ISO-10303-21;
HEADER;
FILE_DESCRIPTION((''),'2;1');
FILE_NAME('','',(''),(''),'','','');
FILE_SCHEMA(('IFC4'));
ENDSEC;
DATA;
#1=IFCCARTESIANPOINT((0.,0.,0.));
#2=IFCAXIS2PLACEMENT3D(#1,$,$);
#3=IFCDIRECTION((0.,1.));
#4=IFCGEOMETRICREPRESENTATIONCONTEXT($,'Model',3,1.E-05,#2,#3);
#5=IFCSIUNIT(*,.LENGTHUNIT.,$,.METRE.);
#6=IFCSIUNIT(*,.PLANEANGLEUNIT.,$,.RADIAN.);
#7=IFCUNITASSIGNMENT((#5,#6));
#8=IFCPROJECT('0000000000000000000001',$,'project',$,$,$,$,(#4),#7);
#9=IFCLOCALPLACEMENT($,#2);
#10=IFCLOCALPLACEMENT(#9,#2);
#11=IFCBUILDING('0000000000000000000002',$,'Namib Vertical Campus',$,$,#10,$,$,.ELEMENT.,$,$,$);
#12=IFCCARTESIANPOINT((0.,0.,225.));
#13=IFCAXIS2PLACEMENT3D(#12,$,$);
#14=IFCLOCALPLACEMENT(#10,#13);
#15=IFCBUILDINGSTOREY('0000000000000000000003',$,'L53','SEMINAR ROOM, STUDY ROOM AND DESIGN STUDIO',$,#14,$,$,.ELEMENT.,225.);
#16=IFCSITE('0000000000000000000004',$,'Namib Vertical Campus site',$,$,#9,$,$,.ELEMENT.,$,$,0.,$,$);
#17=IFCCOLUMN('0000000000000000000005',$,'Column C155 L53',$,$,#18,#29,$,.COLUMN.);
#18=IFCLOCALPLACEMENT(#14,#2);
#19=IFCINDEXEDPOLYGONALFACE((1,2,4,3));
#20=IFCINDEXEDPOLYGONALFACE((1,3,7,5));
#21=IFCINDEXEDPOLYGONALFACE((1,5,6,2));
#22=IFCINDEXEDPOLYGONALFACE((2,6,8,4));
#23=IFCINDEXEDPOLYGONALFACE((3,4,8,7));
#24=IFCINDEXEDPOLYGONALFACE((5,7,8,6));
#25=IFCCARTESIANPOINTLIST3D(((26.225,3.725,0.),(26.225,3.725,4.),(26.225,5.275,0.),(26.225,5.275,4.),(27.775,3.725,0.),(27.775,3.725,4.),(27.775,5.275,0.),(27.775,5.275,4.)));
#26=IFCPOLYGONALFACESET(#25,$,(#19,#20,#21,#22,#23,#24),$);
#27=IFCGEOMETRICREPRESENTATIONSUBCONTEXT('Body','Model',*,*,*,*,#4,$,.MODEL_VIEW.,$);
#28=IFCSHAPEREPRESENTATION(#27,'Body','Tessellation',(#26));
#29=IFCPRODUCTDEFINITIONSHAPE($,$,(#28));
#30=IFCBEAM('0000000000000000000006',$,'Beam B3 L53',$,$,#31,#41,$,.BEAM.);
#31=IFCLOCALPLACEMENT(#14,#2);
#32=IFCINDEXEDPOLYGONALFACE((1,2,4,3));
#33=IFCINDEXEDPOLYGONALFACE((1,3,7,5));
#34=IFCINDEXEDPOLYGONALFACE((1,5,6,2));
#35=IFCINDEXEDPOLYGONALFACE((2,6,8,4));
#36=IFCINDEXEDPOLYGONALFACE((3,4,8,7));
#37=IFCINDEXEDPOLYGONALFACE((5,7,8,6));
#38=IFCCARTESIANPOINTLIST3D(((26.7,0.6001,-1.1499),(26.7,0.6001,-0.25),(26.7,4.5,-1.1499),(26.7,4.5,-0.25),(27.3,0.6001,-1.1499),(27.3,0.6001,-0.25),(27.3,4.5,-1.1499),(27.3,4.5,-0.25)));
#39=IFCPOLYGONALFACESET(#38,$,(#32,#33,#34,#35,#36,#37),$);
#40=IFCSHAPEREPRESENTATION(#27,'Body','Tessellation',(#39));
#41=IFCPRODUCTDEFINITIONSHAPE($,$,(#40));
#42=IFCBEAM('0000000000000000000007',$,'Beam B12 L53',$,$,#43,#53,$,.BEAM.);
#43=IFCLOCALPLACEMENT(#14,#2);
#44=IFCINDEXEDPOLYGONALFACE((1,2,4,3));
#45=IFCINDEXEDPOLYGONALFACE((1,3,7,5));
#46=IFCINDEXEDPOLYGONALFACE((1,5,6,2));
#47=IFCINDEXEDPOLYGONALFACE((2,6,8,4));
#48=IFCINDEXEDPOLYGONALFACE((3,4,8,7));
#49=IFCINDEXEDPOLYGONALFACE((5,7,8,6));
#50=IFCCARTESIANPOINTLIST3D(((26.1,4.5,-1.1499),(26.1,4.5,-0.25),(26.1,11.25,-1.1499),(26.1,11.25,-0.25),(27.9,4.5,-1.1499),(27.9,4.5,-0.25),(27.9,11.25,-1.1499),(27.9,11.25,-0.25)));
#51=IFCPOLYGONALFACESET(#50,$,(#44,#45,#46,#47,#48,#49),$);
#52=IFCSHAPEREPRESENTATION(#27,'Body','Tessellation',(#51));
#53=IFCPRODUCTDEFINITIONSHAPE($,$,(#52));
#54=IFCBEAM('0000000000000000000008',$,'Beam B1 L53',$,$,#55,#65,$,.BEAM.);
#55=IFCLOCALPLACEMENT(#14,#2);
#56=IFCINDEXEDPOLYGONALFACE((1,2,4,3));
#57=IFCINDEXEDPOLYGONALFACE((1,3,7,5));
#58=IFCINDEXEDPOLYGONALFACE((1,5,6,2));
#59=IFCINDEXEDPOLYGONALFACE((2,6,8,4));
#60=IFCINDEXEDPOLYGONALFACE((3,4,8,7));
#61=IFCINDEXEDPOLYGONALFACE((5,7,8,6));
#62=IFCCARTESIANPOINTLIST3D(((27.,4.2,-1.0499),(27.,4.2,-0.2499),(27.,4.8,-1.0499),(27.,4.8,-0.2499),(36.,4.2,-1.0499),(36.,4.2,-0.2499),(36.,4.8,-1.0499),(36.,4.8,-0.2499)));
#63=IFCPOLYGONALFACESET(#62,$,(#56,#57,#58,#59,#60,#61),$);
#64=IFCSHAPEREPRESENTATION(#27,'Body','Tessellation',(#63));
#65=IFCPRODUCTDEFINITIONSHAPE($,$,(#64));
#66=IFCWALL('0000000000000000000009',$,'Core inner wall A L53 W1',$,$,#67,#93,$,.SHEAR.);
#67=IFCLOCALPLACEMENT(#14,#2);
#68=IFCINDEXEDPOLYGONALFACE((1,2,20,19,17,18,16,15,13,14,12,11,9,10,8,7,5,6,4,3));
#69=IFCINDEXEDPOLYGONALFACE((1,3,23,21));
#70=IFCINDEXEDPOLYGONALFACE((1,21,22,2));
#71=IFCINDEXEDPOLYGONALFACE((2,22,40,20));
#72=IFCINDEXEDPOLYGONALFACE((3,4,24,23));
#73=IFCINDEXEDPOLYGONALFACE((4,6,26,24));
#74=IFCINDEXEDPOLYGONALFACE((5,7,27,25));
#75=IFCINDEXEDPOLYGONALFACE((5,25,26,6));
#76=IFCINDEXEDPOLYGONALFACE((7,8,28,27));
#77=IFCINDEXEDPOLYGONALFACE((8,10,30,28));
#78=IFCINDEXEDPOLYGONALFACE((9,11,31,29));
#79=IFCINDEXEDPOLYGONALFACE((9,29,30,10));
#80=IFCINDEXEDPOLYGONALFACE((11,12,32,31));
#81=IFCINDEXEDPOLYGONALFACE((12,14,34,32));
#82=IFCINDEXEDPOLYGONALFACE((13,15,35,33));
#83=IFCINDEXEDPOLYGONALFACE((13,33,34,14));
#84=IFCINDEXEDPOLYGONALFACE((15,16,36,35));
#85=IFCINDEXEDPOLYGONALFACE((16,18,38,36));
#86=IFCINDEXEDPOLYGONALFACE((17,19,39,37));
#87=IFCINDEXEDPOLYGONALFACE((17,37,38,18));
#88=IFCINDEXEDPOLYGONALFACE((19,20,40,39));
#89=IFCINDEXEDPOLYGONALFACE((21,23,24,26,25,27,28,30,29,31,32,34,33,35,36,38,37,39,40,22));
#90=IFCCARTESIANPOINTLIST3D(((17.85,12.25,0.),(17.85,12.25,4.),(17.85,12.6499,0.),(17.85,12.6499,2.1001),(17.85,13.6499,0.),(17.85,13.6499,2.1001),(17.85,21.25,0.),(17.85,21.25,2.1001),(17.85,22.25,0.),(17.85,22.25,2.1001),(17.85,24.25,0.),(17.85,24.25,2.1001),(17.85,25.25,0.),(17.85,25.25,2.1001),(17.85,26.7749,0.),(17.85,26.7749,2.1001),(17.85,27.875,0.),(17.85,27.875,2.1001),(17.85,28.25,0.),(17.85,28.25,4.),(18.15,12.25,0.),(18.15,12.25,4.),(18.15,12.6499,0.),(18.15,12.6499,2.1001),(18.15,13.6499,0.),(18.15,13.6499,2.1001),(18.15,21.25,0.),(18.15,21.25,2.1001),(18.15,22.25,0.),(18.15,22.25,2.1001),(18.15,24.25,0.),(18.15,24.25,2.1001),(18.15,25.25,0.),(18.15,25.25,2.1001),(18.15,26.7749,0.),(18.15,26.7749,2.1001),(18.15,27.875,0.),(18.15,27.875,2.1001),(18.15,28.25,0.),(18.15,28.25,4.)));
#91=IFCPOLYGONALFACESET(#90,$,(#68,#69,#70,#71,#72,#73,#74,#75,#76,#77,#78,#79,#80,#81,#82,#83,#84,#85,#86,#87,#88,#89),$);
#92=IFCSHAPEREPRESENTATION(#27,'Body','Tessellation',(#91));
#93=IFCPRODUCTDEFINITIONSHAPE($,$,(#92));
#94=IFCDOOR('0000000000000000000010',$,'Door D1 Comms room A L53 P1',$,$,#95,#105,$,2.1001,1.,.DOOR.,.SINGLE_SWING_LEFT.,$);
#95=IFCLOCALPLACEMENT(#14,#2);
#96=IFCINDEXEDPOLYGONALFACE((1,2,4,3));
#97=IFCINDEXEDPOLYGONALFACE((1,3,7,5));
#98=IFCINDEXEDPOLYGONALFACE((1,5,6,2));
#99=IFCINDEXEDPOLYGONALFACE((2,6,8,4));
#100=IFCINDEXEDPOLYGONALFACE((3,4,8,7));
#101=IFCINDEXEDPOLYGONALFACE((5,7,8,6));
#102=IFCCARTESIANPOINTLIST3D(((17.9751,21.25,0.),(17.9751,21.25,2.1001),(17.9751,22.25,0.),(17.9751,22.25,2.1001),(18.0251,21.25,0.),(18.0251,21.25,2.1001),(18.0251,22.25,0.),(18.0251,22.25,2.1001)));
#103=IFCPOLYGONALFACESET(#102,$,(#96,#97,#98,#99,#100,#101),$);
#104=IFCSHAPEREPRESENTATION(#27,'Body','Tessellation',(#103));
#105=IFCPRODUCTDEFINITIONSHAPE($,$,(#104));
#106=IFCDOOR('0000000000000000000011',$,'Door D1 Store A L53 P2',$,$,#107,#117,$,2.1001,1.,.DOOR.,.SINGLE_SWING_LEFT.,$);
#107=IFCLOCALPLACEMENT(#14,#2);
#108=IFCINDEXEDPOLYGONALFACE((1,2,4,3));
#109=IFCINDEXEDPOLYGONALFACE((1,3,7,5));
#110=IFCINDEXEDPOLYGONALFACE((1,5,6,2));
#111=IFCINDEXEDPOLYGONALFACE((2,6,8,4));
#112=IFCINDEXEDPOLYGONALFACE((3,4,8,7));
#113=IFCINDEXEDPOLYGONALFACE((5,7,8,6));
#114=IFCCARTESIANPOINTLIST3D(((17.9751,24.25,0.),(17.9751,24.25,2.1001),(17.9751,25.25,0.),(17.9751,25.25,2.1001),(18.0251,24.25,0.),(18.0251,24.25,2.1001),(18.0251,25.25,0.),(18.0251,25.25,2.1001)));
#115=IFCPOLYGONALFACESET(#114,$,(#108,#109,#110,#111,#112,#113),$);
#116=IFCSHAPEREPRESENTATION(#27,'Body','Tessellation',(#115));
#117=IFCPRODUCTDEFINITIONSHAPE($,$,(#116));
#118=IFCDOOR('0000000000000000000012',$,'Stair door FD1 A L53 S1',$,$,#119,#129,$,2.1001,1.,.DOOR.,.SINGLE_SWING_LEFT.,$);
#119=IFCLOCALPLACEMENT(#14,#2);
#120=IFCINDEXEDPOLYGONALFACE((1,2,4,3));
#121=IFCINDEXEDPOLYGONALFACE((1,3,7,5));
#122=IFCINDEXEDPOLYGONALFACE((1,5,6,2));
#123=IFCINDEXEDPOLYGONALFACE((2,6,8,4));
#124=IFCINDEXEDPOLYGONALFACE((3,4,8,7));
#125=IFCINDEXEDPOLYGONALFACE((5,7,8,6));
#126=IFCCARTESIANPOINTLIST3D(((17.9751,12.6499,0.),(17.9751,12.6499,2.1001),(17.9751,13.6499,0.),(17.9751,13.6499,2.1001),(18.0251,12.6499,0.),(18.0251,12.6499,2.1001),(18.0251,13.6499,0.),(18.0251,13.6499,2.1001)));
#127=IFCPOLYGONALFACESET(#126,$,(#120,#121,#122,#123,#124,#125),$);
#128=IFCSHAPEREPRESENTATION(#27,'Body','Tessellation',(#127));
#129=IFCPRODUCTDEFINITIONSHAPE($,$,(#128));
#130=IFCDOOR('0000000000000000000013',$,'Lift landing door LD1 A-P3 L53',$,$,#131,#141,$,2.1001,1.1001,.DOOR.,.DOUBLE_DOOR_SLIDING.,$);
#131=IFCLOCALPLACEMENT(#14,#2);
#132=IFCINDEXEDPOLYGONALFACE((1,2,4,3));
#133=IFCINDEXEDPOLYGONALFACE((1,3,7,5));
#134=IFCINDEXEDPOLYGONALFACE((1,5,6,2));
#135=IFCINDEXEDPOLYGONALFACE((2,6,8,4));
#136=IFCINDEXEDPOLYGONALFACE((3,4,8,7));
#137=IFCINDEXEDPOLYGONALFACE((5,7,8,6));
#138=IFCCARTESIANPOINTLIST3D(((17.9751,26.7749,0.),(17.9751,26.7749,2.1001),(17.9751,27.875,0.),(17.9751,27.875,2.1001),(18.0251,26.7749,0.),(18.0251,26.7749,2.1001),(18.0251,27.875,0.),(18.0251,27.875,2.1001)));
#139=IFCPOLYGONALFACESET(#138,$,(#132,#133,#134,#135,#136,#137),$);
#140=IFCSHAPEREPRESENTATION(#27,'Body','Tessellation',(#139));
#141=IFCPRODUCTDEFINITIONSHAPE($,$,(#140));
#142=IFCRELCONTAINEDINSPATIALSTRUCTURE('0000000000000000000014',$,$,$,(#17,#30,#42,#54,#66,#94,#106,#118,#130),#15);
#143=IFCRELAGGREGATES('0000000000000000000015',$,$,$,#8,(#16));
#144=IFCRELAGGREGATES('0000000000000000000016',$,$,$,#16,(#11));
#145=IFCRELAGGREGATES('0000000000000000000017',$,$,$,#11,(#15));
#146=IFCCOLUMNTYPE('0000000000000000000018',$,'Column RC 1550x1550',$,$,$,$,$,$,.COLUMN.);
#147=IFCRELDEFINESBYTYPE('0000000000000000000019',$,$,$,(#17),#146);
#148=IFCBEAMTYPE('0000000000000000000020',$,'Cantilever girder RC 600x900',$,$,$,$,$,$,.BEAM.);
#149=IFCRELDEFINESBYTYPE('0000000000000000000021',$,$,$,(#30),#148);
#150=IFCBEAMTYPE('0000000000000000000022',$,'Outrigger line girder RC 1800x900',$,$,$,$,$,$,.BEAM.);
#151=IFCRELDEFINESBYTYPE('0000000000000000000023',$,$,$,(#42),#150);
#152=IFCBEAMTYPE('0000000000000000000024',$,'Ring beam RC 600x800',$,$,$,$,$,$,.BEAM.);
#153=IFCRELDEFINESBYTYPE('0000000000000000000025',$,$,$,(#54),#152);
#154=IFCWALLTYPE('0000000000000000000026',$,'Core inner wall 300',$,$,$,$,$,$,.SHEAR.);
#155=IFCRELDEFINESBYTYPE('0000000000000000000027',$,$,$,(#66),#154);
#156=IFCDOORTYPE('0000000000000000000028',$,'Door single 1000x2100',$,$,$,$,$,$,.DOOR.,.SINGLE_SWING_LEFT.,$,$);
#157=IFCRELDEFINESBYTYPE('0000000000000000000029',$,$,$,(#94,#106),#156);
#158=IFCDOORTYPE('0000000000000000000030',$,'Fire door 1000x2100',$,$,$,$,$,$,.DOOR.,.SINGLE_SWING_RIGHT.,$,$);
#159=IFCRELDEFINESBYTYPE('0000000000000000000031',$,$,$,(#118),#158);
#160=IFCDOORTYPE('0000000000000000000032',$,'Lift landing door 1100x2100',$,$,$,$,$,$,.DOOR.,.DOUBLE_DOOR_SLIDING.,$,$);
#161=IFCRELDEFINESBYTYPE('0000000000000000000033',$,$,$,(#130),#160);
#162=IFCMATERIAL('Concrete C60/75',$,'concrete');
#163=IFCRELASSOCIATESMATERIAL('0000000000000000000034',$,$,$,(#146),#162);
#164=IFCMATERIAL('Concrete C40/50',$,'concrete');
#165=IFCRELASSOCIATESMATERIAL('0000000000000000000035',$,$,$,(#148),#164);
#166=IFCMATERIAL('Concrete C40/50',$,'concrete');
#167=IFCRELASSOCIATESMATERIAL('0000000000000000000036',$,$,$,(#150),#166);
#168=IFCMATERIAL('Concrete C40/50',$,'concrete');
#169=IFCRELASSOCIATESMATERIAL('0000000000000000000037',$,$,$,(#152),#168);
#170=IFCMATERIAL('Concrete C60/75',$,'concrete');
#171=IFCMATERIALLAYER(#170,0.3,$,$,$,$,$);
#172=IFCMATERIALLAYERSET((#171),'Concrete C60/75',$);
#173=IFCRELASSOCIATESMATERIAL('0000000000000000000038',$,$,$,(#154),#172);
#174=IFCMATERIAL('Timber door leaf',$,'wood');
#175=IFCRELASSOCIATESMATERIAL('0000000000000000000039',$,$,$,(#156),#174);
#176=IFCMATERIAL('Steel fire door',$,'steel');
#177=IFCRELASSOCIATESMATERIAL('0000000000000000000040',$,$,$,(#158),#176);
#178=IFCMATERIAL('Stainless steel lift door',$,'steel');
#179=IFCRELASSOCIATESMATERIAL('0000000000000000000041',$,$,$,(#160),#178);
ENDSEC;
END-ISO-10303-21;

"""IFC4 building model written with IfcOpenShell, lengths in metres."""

from ifc_helpers import new_model, si_unit, direction, frame, frame_2d, origin, origin_2d, place, context, subcontext, project, spatial, rectangle, extrude, material, layer, layer_set, material_profile, profile_set, type_object, element, fill, save


model = new_model("IFC4")

# Units and contexts
model_context = context("Model", 3, precision=1e-05, world=origin(), true_north=direction((0.0, 1.0)))
body_context = subcontext(model_context, "Body", "Model", "MODEL_VIEW")
ifc_project = project(units=[si_unit("LENGTHUNIT", "METRE"), si_unit("PLANEANGLEUNIT", "RADIAN")], contexts=[model_context])

# Site, building, storey
site_placement = place(None, origin())
site = spatial("IfcSite", under=ifc_project, at=site_placement, Name="Namib Vertical Campus site", CompositionType="ELEMENT", RefElevation=0.0)
building_placement = place(site_placement, origin())
building = spatial("IfcBuilding", under=site, at=building_placement, Name="Namib Vertical Campus", CompositionType="ELEMENT")
storey_placement = place(building_placement, frame((0.0, 0.0, 225.0)))
storey = spatial("IfcBuildingStorey", under=building, at=storey_placement, Name="L53", Description="SEMINAR ROOM, STUDY ROOM AND DESIGN STUDIO", CompositionType="ELEMENT", Elevation=225.0)

# Column
ifc_material_1 = material(Name="Concrete C60/75", Category="concrete")
ifc_material_profile_1 = material_profile(ifc_material_1, rectangle(XDim=1.55, YDim=1.55, at=origin_2d()))
ifc_profile_set_1 = profile_set([ifc_material_profile_1], Name="Concrete C60/75")
column_type = type_object("IfcColumnType", Name="Column RC 1550x1550", PredefinedType="COLUMN", material=ifc_profile_set_1)
column_placement = place(storey_placement, frame((27.0, 4.5, 0.0), z_axis=(0.0, 0.0, 1.0), x_axis=(1.0, 0.0, 0.0)))
element("IfcColumn", 1, at=column_placement, inside=storey, type_object=column_type, Name="Column C155 L53", PredefinedType="COLUMN", context=body_context, shape_type="SweptSolid", body=[
    extrude(rectangle(XDim=1.55, YDim=1.55, at=origin_2d()), origin(), (0.0, 0.0, 1.0), 4.0),
])

# Beams
ifc_material_2 = material(Name="Concrete C40/50", Category="concrete")
ifc_material_profile_2 = material_profile(ifc_material_2, rectangle(XDim=0.6001, YDim=0.8999, at=origin_2d()))
ifc_profile_set_2 = profile_set([ifc_material_profile_2], Name="Concrete C40/50")
beam_type_1 = type_object("IfcBeamType", Name="Cantilever girder RC 600x900", PredefinedType="BEAM", material=ifc_profile_set_2)
beam_1_placement = place(storey_placement, frame((27.0, 4.5, -0.7), z_axis=(0.0, -1.0, 0.0), x_axis=(1.0, 0.0, 0.0)))
element("IfcBeam", 2, at=beam_1_placement, inside=storey, type_object=beam_type_1, Name="Beam B3 L53", PredefinedType="BEAM", context=body_context, shape_type="SweptSolid", body=[
    extrude(rectangle(XDim=0.6001, YDim=0.8999, at=origin_2d()), origin(), (0.0, 0.0, 1.0), 3.8999),
])
ifc_material_3 = material(Name="Concrete C40/50", Category="concrete")
ifc_material_profile_3 = material_profile(ifc_material_3, rectangle(XDim=1.8, YDim=0.8999, at=origin_2d()))
ifc_profile_set_3 = profile_set([ifc_material_profile_3], Name="Concrete C40/50")
beam_type_2 = type_object("IfcBeamType", Name="Outrigger line girder RC 1800x900", PredefinedType="BEAM", material=ifc_profile_set_3)
beam_2_placement = place(storey_placement, frame((27.0, 4.5, -0.7), z_axis=(0.0, 1.0, 0.0), x_axis=(-1.0, 0.0, 0.0)))
element("IfcBeam", 3, at=beam_2_placement, inside=storey, type_object=beam_type_2, Name="Beam B12 L53", PredefinedType="BEAM", context=body_context, shape_type="SweptSolid", body=[
    extrude(rectangle(XDim=1.8, YDim=0.8999, at=origin_2d()), origin(), (0.0, 0.0, 1.0), 6.75),
])
ifc_material_4 = material(Name="Concrete C40/50", Category="concrete")
ifc_material_profile_4 = material_profile(ifc_material_4, rectangle(XDim=0.6001, YDim=0.8, at=origin_2d()))
ifc_profile_set_4 = profile_set([ifc_material_profile_4], Name="Concrete C40/50")
beam_type_3 = type_object("IfcBeamType", Name="Ring beam RC 600x800", PredefinedType="BEAM", material=ifc_profile_set_4)
beam_3_placement = place(storey_placement, frame((27.0, 4.5, -0.6499), z_axis=(1.0, 0.0, 0.0), x_axis=(0.0, 1.0, 0.0)))
element("IfcBeam", 4, at=beam_3_placement, inside=storey, type_object=beam_type_3, Name="Beam B1 L53", PredefinedType="BEAM", context=body_context, shape_type="SweptSolid", body=[
    extrude(rectangle(XDim=0.6001, YDim=0.8, at=origin_2d()), origin(), (0.0, 0.0, 1.0), 9.0),
])

# Wall, openings, doors
ifc_material_5 = material(Name="Concrete C60/75", Category="concrete")
ifc_layer_1 = layer(ifc_material_5, 0.3)
ifc_layer_set_1 = layer_set([ifc_layer_1], Name="Concrete C60/75")
wall_type_1 = type_object("IfcWallType", Name="Core inner wall 300", PredefinedType="SHEAR", material=ifc_layer_set_1)
wall_1_placement = place(storey_placement, frame((18.0, 12.25, 0.0), z_axis=(0.0, 0.0, 1.0), x_axis=(0.0, 1.0, 0.0)))
wall_1 = element("IfcWall", 5, at=wall_1_placement, inside=storey, type_object=wall_type_1, Name="Core inner wall A L53 W1", PredefinedType="SHEAR", context=body_context, shape_type="SweptSolid", body=[
    extrude(rectangle(XDim=16.0, YDim=0.3, at=frame_2d((8.0, 0.0))), origin(), (0.0, 0.0, 1.0), 4.0),
])
opening_1_placement = place(wall_1_placement, frame((0.3999, 0.0, 0.0)))
opening_1 = element("IfcOpeningElement", 6, at=opening_1_placement, cuts=wall_1, PredefinedType="OPENING", context=body_context, shape_type="SweptSolid", body=[
    extrude(rectangle(XDim=1.0, YDim=2.1001, at=frame_2d((0.5, 1.05))), frame((0.0, 0.1599, 0.0), z_axis=(0.0, -1.0, 0.0), x_axis=(1.0, 0.0, 0.0)), (0.0, 0.0, 1.0), 0.3201),
])
opening_2_placement = place(wall_1_placement, frame((14.5249, 0.0, 0.0)))
opening_2 = element("IfcOpeningElement", 7, at=opening_2_placement, cuts=wall_1, PredefinedType="OPENING", context=body_context, shape_type="SweptSolid", body=[
    extrude(rectangle(XDim=1.1001, YDim=2.1001, at=frame_2d((0.55, 1.05))), frame((0.0, 0.1599, 0.0), z_axis=(0.0, -1.0, 0.0), x_axis=(1.0, 0.0, 0.0)), (0.0, 0.0, 1.0), 0.3201),
])
opening_3_placement = place(wall_1_placement, frame((9.0, 0.0, 0.0)))
opening_3 = element("IfcOpeningElement", 8, at=opening_3_placement, cuts=wall_1, PredefinedType="OPENING", context=body_context, shape_type="SweptSolid", body=[
    extrude(rectangle(XDim=1.0, YDim=2.1001, at=frame_2d((0.5, 1.05))), frame((0.0, 0.1599, 0.0), z_axis=(0.0, -1.0, 0.0), x_axis=(1.0, 0.0, 0.0)), (0.0, 0.0, 1.0), 0.3201),
])
opening_4_placement = place(wall_1_placement, frame((12.0, 0.0, 0.0)))
opening_4 = element("IfcOpeningElement", 9, at=opening_4_placement, cuts=wall_1, PredefinedType="OPENING", context=body_context, shape_type="SweptSolid", body=[
    extrude(rectangle(XDim=1.0, YDim=2.1001, at=frame_2d((0.5, 1.05))), frame((0.0, 0.1599, 0.0), z_axis=(0.0, -1.0, 0.0), x_axis=(1.0, 0.0, 0.0)), (0.0, 0.0, 1.0), 0.3201),
])
ifc_material_6 = material(Name="Timber door leaf", Category="wood")
door_type_1 = type_object("IfcDoorType", Name="Door single 1000x2100", OperationType="SINGLE_SWING_LEFT", PredefinedType="DOOR", material=ifc_material_6)
door_1_placement = place(opening_3_placement, origin())
door_1 = element("IfcDoor", 10, at=door_1_placement, inside=storey, type_object=door_type_1, Name="Door D1 Comms room A L53 P1", OperationType="SINGLE_SWING_LEFT", OverallHeight=2.1001, OverallWidth=1.0, PredefinedType="DOOR", context=body_context, shape_type="SweptSolid", body=[
    extrude(rectangle(XDim=1.0, YDim=2.1001, at=frame_2d((0.5, 1.05))), frame((0.0, 0.0249, 0.0), z_axis=(0.0, -1.0, 0.0), x_axis=(1.0, 0.0, 0.0)), (0.0, 0.0, 1.0), 0.05),
])
fill(opening_3, door_1)
door_2_placement = place(opening_4_placement, origin())
door_2 = element("IfcDoor", 11, at=door_2_placement, inside=storey, type_object=door_type_1, Name="Door D1 Store A L53 P2", OperationType="SINGLE_SWING_LEFT", OverallHeight=2.1001, OverallWidth=1.0, PredefinedType="DOOR", context=body_context, shape_type="SweptSolid", body=[
    extrude(rectangle(XDim=1.0, YDim=2.1001, at=frame_2d((0.5, 1.05))), frame((0.0, 0.0249, 0.0), z_axis=(0.0, -1.0, 0.0), x_axis=(1.0, 0.0, 0.0)), (0.0, 0.0, 1.0), 0.05),
])
fill(opening_4, door_2)
ifc_material_7 = material(Name="Steel fire door", Category="steel")
door_type_2 = type_object("IfcDoorType", Name="Fire door 1000x2100", OperationType="SINGLE_SWING_RIGHT", PredefinedType="DOOR", material=ifc_material_7)
door_3_placement = place(opening_1_placement, origin())
door_3 = element("IfcDoor", 12, at=door_3_placement, inside=storey, type_object=door_type_2, Name="Stair door FD1 A L53 S1", OperationType="SINGLE_SWING_LEFT", OverallHeight=2.1001, OverallWidth=1.0, PredefinedType="DOOR", context=body_context, shape_type="SweptSolid", body=[
    extrude(rectangle(XDim=1.0, YDim=2.1001, at=frame_2d((0.5, 1.05))), frame((0.0, 0.0249, 0.0), z_axis=(0.0, -1.0, 0.0), x_axis=(1.0, 0.0, 0.0)), (0.0, 0.0, 1.0), 0.05),
])
fill(opening_1, door_3)
ifc_material_8 = material(Name="Stainless steel lift door", Category="steel")
door_type_3 = type_object("IfcDoorType", Name="Lift landing door 1100x2100", OperationType="DOUBLE_DOOR_SLIDING", PredefinedType="DOOR", material=ifc_material_8)
door_4_placement = place(opening_2_placement, origin())
door_4 = element("IfcDoor", 13, at=door_4_placement, inside=storey, type_object=door_type_3, Name="Lift landing door LD1 A-P3 L53", OperationType="DOUBLE_DOOR_SLIDING", OverallHeight=2.1001, OverallWidth=1.1001, PredefinedType="DOOR", context=body_context, shape_type="SweptSolid", body=[
    extrude(rectangle(XDim=1.1001, YDim=2.1001, at=frame_2d((0.55, 1.05))), frame((0.0, 0.0249, 0.0), z_axis=(0.0, -1.0, 0.0), x_axis=(1.0, 0.0, 0.0)), (0.0, 0.0, 1.0), 0.05),
])
fill(opening_2, door_4)

save(model, "model.ifc")
